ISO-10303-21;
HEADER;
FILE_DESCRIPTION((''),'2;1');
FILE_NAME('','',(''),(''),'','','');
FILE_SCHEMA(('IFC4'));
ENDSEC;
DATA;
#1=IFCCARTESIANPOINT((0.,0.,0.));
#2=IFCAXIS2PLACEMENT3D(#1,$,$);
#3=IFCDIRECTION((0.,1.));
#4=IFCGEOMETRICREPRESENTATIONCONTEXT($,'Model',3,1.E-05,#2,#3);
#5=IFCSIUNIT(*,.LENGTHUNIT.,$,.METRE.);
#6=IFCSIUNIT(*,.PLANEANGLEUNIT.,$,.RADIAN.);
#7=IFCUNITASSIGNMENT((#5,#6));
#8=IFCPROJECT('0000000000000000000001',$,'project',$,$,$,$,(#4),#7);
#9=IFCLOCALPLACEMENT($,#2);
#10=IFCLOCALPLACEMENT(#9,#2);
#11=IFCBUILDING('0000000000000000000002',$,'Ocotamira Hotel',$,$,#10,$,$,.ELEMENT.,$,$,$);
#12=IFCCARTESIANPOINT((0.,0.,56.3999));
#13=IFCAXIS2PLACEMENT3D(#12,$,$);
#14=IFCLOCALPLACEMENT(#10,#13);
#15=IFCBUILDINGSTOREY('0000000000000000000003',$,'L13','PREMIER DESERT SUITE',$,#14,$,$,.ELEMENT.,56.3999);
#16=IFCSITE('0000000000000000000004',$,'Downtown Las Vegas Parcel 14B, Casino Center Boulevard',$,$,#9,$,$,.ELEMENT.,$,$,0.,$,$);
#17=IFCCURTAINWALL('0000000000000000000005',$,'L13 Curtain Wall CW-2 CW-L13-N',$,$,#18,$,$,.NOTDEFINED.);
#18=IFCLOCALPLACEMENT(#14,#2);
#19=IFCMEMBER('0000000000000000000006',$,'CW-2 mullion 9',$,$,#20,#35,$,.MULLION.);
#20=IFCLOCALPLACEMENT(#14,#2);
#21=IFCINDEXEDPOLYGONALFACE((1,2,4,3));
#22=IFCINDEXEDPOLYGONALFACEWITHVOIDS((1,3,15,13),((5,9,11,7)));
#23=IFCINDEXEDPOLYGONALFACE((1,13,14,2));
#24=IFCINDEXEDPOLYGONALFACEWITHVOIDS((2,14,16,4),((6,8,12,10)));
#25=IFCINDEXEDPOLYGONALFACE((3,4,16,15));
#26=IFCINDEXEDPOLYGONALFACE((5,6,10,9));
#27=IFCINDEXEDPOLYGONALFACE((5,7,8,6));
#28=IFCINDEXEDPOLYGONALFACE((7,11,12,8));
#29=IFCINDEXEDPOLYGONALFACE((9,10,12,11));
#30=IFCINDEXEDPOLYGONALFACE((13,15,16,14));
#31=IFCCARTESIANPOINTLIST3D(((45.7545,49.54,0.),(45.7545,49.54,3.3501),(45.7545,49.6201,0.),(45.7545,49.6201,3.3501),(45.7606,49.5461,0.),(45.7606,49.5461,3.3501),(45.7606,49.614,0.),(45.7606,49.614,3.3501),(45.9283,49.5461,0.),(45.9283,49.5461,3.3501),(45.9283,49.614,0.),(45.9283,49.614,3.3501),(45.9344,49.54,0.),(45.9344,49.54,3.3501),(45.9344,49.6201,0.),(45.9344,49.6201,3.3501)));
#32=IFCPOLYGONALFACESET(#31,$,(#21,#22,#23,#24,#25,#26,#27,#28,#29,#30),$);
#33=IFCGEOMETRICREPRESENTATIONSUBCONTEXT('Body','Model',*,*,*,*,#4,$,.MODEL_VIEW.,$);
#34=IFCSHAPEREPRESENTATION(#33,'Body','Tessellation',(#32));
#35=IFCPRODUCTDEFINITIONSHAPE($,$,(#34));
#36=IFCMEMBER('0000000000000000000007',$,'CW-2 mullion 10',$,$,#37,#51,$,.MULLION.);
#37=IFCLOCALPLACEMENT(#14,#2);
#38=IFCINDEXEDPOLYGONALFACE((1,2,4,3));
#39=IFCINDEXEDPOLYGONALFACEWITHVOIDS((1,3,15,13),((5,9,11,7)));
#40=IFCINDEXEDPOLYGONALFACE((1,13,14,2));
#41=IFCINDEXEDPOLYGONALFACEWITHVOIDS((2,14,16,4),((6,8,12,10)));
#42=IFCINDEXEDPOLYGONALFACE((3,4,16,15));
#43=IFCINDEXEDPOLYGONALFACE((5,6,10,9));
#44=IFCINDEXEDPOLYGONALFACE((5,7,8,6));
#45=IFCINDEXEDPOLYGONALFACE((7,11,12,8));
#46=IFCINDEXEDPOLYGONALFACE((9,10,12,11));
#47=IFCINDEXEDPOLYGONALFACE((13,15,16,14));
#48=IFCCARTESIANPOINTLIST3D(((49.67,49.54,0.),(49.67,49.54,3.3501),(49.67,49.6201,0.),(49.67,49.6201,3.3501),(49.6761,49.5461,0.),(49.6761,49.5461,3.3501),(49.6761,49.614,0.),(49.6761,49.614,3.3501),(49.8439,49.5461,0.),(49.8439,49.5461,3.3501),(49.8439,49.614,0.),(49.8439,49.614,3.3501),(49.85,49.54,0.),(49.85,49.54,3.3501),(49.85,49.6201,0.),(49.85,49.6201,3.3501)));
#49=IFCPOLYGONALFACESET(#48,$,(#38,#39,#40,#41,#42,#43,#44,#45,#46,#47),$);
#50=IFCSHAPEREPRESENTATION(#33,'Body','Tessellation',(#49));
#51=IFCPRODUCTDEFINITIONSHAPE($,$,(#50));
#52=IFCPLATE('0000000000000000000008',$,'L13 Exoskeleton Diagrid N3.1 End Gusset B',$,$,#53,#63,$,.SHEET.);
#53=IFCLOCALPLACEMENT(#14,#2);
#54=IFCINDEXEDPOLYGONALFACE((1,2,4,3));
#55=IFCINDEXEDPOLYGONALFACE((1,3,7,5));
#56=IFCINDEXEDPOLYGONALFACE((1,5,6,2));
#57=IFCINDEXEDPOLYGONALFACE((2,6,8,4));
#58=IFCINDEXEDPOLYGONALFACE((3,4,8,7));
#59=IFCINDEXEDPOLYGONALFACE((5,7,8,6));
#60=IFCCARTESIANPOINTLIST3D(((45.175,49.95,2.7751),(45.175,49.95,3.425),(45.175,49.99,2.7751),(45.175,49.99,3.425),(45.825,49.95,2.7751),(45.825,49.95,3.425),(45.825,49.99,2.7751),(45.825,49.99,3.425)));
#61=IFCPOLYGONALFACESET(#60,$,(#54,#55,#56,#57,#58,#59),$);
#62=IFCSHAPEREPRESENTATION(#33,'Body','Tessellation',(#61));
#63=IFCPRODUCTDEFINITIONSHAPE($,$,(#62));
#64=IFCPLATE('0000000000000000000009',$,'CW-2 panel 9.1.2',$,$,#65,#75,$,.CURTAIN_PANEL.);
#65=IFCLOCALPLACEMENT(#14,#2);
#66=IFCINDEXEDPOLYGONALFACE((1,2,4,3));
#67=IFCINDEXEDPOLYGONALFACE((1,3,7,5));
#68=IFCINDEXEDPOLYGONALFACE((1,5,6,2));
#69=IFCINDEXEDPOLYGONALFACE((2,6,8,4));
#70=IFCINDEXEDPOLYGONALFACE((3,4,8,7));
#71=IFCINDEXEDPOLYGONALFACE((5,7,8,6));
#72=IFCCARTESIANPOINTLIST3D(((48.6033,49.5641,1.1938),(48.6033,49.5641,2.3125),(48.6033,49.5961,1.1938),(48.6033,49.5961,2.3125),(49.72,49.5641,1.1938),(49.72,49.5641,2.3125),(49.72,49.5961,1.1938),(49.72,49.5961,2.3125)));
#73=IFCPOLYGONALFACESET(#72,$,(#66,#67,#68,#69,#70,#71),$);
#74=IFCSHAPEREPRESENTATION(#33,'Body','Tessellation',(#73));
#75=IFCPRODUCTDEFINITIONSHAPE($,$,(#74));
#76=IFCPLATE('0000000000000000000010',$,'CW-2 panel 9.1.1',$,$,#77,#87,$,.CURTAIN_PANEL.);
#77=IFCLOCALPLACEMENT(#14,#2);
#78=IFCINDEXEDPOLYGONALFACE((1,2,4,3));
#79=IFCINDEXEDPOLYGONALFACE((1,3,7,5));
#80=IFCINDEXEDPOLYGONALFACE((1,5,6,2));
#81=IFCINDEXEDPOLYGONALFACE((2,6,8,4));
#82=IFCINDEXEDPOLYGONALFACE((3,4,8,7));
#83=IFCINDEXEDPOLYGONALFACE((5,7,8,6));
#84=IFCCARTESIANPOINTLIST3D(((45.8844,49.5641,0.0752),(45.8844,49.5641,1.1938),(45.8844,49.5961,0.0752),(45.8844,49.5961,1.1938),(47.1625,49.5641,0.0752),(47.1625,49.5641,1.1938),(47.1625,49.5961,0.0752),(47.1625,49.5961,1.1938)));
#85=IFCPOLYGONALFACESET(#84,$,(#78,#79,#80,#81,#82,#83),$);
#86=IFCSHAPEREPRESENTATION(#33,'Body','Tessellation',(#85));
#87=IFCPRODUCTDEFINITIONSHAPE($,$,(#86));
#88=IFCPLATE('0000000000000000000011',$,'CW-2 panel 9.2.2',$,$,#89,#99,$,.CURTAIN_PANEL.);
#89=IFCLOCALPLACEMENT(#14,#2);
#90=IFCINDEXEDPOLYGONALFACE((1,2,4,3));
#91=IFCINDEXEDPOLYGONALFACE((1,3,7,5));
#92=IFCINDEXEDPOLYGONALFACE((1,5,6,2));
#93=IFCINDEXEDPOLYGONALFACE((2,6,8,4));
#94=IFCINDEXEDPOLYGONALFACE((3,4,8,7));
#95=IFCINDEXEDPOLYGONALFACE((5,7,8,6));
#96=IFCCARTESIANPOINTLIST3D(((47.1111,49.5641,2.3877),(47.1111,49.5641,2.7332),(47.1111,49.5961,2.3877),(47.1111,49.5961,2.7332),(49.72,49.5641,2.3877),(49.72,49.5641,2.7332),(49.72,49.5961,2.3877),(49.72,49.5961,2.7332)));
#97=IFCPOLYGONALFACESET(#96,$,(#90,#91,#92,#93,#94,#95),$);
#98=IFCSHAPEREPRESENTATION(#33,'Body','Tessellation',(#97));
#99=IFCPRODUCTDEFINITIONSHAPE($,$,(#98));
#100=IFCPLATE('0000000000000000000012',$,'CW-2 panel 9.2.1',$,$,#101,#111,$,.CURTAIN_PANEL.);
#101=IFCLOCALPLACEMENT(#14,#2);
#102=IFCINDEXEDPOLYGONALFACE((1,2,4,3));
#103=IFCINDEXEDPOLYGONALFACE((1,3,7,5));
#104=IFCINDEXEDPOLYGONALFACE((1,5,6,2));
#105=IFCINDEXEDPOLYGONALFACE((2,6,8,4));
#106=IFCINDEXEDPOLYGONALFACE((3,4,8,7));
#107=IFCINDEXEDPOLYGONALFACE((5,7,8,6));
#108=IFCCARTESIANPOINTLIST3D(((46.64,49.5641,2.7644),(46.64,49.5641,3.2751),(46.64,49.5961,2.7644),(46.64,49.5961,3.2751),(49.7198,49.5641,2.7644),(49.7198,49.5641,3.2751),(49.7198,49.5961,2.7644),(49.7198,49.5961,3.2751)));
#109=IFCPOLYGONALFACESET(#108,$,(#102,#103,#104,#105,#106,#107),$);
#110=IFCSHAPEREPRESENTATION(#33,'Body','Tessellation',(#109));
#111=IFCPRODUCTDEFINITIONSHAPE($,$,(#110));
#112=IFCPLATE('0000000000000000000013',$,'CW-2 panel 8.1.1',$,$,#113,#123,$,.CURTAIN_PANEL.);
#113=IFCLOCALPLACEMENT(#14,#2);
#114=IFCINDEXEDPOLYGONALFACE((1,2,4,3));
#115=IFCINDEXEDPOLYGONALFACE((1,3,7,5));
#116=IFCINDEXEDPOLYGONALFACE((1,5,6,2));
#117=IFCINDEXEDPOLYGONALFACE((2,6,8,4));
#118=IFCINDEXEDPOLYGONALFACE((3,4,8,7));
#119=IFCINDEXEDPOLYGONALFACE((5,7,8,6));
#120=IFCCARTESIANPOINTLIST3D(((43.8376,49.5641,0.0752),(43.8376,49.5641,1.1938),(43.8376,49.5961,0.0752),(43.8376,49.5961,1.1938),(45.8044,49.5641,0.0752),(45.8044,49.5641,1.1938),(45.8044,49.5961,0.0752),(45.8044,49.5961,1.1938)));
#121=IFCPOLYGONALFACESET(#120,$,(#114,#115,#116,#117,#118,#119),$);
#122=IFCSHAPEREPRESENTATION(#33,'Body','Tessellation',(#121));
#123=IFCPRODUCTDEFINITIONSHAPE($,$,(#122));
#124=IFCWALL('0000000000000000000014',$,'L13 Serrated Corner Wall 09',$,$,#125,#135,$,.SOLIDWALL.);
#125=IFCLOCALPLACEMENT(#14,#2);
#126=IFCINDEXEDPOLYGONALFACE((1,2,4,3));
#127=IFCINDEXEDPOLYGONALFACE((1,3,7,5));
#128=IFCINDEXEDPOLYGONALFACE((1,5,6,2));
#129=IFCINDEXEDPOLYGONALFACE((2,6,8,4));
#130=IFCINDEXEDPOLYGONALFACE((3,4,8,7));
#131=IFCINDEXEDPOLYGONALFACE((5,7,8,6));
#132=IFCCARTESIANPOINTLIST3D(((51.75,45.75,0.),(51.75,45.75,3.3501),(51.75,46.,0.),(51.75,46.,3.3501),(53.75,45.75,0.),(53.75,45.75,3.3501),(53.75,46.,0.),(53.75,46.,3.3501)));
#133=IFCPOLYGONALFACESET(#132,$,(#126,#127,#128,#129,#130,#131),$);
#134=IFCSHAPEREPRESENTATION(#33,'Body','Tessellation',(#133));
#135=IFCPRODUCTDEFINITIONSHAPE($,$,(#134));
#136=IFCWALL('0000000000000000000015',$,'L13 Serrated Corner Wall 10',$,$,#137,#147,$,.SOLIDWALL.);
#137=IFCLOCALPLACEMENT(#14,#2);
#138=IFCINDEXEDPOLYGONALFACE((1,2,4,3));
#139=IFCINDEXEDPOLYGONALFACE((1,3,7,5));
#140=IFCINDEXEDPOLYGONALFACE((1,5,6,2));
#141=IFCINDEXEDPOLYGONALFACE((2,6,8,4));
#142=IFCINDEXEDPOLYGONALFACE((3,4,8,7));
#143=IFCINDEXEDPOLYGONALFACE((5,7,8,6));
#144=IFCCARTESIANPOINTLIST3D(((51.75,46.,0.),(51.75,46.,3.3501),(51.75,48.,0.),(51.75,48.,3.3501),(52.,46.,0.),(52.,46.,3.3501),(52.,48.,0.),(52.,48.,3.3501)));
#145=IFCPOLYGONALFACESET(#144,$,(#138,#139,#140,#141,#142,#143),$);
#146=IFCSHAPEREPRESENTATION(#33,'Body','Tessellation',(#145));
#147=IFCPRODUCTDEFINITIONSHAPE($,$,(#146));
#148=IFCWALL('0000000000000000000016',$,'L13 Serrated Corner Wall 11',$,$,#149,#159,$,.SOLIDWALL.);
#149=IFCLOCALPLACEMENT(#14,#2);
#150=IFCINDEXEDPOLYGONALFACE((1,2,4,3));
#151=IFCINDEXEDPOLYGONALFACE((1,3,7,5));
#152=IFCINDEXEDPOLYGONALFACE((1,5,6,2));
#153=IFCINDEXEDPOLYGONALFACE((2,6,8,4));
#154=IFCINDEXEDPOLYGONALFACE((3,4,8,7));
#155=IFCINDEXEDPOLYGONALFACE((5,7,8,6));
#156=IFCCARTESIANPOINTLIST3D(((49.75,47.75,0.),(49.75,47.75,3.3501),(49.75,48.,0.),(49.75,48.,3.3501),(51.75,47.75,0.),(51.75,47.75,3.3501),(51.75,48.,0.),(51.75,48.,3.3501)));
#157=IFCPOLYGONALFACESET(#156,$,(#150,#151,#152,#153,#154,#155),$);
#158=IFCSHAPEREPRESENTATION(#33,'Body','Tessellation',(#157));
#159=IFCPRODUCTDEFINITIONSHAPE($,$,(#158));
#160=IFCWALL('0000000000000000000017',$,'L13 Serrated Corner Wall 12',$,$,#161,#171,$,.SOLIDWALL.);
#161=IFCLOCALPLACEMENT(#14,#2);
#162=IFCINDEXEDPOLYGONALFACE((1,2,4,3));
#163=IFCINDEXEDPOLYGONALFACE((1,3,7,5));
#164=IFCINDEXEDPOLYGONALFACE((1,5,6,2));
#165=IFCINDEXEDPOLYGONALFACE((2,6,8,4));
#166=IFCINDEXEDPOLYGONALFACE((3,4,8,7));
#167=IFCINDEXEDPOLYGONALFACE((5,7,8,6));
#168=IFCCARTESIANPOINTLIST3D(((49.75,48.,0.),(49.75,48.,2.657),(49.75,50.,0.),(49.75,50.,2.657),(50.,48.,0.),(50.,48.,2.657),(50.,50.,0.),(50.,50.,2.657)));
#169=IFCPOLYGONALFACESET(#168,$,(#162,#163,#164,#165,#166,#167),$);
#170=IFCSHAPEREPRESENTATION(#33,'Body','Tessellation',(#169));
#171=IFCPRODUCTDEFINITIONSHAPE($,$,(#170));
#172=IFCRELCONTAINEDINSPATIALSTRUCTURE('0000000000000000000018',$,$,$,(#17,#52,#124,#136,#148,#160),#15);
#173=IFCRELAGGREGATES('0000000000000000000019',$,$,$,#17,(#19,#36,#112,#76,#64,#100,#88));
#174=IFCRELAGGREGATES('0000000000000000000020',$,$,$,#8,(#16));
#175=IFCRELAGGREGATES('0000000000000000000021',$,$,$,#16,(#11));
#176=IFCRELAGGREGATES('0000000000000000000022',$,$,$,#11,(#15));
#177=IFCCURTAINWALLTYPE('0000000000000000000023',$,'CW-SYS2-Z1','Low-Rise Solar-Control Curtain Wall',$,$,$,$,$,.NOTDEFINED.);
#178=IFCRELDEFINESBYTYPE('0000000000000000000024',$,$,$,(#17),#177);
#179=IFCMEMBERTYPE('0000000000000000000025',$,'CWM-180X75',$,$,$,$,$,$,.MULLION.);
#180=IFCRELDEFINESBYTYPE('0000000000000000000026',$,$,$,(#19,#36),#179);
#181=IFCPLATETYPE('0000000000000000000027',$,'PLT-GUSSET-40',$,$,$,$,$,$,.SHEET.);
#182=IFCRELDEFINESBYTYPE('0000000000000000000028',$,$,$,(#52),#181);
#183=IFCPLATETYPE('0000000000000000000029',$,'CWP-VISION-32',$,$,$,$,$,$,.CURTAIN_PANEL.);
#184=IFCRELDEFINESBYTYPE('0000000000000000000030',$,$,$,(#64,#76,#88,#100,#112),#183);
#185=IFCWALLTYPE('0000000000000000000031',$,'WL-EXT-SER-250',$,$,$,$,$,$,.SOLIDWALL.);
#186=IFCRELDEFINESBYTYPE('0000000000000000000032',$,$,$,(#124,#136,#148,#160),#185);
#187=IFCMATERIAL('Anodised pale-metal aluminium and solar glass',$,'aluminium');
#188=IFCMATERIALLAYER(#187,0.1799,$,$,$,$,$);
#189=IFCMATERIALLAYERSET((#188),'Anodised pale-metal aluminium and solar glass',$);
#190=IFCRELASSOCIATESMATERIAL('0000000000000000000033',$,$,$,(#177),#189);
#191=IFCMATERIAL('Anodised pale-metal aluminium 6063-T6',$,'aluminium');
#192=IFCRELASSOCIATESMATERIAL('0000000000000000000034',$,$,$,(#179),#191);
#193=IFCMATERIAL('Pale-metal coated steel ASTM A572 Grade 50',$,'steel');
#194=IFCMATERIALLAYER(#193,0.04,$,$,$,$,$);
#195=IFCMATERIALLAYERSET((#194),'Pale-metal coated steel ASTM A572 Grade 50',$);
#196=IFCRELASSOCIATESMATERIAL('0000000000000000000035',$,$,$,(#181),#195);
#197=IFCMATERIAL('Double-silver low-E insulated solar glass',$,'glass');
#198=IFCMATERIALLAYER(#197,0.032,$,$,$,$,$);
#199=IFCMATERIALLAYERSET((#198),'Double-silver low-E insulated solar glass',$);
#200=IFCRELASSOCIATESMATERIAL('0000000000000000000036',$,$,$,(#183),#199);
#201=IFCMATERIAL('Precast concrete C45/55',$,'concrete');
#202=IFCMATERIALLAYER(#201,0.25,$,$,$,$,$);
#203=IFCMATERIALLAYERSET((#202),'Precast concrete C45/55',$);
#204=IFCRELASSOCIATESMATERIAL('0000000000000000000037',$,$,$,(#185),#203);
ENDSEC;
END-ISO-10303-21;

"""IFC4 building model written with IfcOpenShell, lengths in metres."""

from ifc_helpers import new_model, si_unit, direction, frame, frame_2d, origin, origin_2d, place, context, subcontext, project, spatial, rectangle, hollow_rectangle, extrude, source, transform, mapped, material, layer, layer_set, material_profile, profile_set, type_object, element, aggregate, save


model = new_model("IFC4")

# Units and contexts
model_context = context("Model", 3, precision=1e-05, world=origin(), true_north=direction((0.0, 1.0)))
body_context = subcontext(model_context, "Body", "Model", "MODEL_VIEW")
ifc_project = project(units=[si_unit("LENGTHUNIT", "METRE"), si_unit("PLANEANGLEUNIT", "RADIAN")], contexts=[model_context])

# Site, building, storey
site_placement = place(None, origin())
site = spatial("IfcSite", under=ifc_project, at=site_placement, Name="Downtown Las Vegas Parcel 14B, Casino Center Boulevard", CompositionType="ELEMENT", RefElevation=0.0)
building_placement = place(site_placement, origin())
building = spatial("IfcBuilding", under=site, at=building_placement, Name="Ocotamira Hotel", CompositionType="ELEMENT")
storey_placement = place(building_placement, frame((0.0, 0.0, 56.3999)))
storey = spatial("IfcBuildingStorey", under=building, at=storey_placement, Name="L13", Description="PREMIER DESERT SUITE", CompositionType="ELEMENT", Elevation=56.3999)

# Curtain wall, members
ifc_material_1 = material(Name="Anodised pale-metal aluminium and solar glass", Category="aluminium")
ifc_layer_1 = layer(ifc_material_1, 0.1799)
ifc_layer_set_1 = layer_set([ifc_layer_1], Name="Anodised pale-metal aluminium and solar glass")
curtain_wall_type = type_object("IfcCurtainWallType", Name="CW-SYS2-Z1", Description="Low-Rise Solar-Control Curtain Wall", PredefinedType="NOTDEFINED", material=ifc_layer_set_1)
curtain_wall_placement = place(storey_placement, origin())
curtain_wall = element("IfcCurtainWall", 1, at=curtain_wall_placement, inside=storey, type_object=curtain_wall_type, Name="L13 Curtain Wall CW-2 CW-L13-N", PredefinedType="NOTDEFINED")
ifc_material_2 = material(Name="Anodised pale-metal aluminium 6063-T6", Category="aluminium")
ifc_material_profile_1 = material_profile(ifc_material_2, hollow_rectangle(XDim=0.0801, YDim=0.1799, WallThickness=0.0061, at=origin_2d()), Name="HSS180X80X6")
ifc_profile_set_1 = profile_set([ifc_material_profile_1], Name="Anodised pale-metal aluminium 6063-T6")
member_type_1 = type_object("IfcMemberType", Name="CWM-180X75", PredefinedType="MULLION", material=ifc_profile_set_1)
shared_shape_1 = source(origin(), body_context, "Body", "SweptSolid", [
    extrude(hollow_rectangle(XDim=0.0801, YDim=0.1799, WallThickness=0.0061, at=origin_2d()), origin(), (0.0, 0.0, 1.0), 3.3501),
])
member_1_placement = place(storey_placement, frame((45.8445, 49.5801, 0.0), z_axis=(0.0, 0.0, 1.0), x_axis=(0.0, 1.0, 0.0)))
member_1 = element("IfcMember", 2, at=member_1_placement, type_object=member_type_1, Name="CW-2 mullion 9", PredefinedType="MULLION", context=body_context, shape_type="MappedRepresentation", body=[
    mapped(shared_shape_1, transform((0.0, 0.0, 0.0), scale=1.0)),
])
member_2_placement = place(storey_placement, frame((49.76, 49.5801, 0.0), z_axis=(0.0, 0.0, 1.0), x_axis=(0.0, 1.0, 0.0)))
member_2 = element("IfcMember", 3, at=member_2_placement, type_object=member_type_1, Name="CW-2 mullion 10", PredefinedType="MULLION", context=body_context, shape_type="MappedRepresentation", body=[
    mapped(shared_shape_1, transform((0.0, 0.0, 0.0), scale=1.0)),
])

# Plates
ifc_material_3 = material(Name="Pale-metal coated steel ASTM A572 Grade 50", Category="steel")
ifc_layer_2 = layer(ifc_material_3, 0.04)
ifc_layer_set_2 = layer_set([ifc_layer_2], Name="Pale-metal coated steel ASTM A572 Grade 50")
plate_type_1 = type_object("IfcPlateType", Name="PLT-GUSSET-40", PredefinedType="SHEET", material=ifc_layer_set_2)
shared_shape_2 = source(origin(), body_context, "Body", "SweptSolid", [
    extrude(rectangle(XDim=0.6499, YDim=0.04, at=origin_2d()), origin(), (0.0, 0.0, 1.0), 0.6499),
])
plate_1_placement = place(storey_placement, frame((45.5, 49.97, 2.7751), z_axis=(0.0, 0.0, 1.0), x_axis=(1.0, 0.0, 0.0)))
element("IfcPlate", 4, at=plate_1_placement, inside=storey, type_object=plate_type_1, Name="L13 Exoskeleton Diagrid N3.1 End Gusset B", PredefinedType="SHEET", context=body_context, shape_type="MappedRepresentation", body=[
    mapped(shared_shape_2, transform((0.0, 0.0, 0.0), scale=1.0)),
])
ifc_material_4 = material(Name="Double-silver low-E insulated solar glass", Category="glass")
ifc_layer_3 = layer(ifc_material_4, 0.032)
ifc_layer_set_3 = layer_set([ifc_layer_3], Name="Double-silver low-E insulated solar glass")
plate_type_2 = type_object("IfcPlateType", Name="CWP-VISION-32", PredefinedType="CURTAIN_PANEL", material=ifc_layer_set_3)
shared_shape_3 = source(origin(), body_context, "Body", "SweptSolid", [
    extrude(rectangle(XDim=1.1167, YDim=0.032, at=origin_2d()), origin(), (0.0, 0.0, 1.0), 1.1187),
])
plate_2_placement = place(storey_placement, frame((49.1616, 49.5801, 1.1938), z_axis=(0.0, 0.0, 1.0), x_axis=(1.0, 0.0, 0.0)))
plate_2 = element("IfcPlate", 5, at=plate_2_placement, type_object=plate_type_2, Name="CW-2 panel 9.1.2", PredefinedType="CURTAIN_PANEL", context=body_context, shape_type="MappedRepresentation", body=[
    mapped(shared_shape_3, transform((0.0, 0.0, 0.0), scale=1.0)),
])
shared_shape_4 = source(origin(), body_context, "Body", "SweptSolid", [
    extrude(rectangle(XDim=1.2781, YDim=0.032, at=origin_2d()), origin(), (0.0, 0.0, 1.0), 1.1187),
])
plate_3_placement = place(storey_placement, frame((46.5234, 49.5801, 0.0752), z_axis=(0.0, 0.0, 1.0), x_axis=(1.0, 0.0, 0.0)))
plate_3 = element("IfcPlate", 6, at=plate_3_placement, type_object=plate_type_2, Name="CW-2 panel 9.1.1", PredefinedType="CURTAIN_PANEL", context=body_context, shape_type="MappedRepresentation", body=[
    mapped(shared_shape_4, transform((0.0, 0.0, 0.0), scale=1.0)),
])
shared_shape_5 = source(origin(), body_context, "Body", "SweptSolid", [
    extrude(rectangle(XDim=2.6089, YDim=0.032, at=origin_2d()), origin(), (0.0, 0.0, 1.0), 0.3455),
])
plate_4_placement = place(storey_placement, frame((48.4155, 49.5801, 2.3877), z_axis=(0.0, 0.0, 1.0), x_axis=(1.0, 0.0, 0.0)))
plate_4 = element("IfcPlate", 7, at=plate_4_placement, type_object=plate_type_2, Name="CW-2 panel 9.2.2", PredefinedType="CURTAIN_PANEL", context=body_context, shape_type="MappedRepresentation", body=[
    mapped(shared_shape_5, transform((0.0, 0.0, 0.0), scale=1.0)),
])
shared_shape_6 = source(origin(), body_context, "Body", "SweptSolid", [
    extrude(rectangle(XDim=3.0798, YDim=0.032, at=origin_2d()), origin(), (0.0, 0.0, 1.0), 0.5107),
])
plate_5_placement = place(storey_placement, frame((48.1799, 49.5801, 2.7644), z_axis=(0.0, 0.0, 1.0), x_axis=(1.0, 0.0, 0.0)))
plate_5 = element("IfcPlate", 8, at=plate_5_placement, type_object=plate_type_2, Name="CW-2 panel 9.2.1", PredefinedType="CURTAIN_PANEL", context=body_context, shape_type="MappedRepresentation", body=[
    mapped(shared_shape_6, transform((0.0, 0.0, 0.0), scale=1.0)),
])
shared_shape_7 = source(origin(), body_context, "Body", "SweptSolid", [
    extrude(rectangle(XDim=1.9668, YDim=0.032, at=origin_2d()), origin(), (0.0, 0.0, 1.0), 1.1187),
])
plate_6_placement = place(storey_placement, frame((44.821, 49.5801, 0.0752), z_axis=(0.0, 0.0, 1.0), x_axis=(1.0, 0.0, 0.0)))
plate_6 = element("IfcPlate", 9, at=plate_6_placement, type_object=plate_type_2, Name="CW-2 panel 8.1.1", PredefinedType="CURTAIN_PANEL", context=body_context, shape_type="MappedRepresentation", body=[
    mapped(shared_shape_7, transform((0.0, 0.0, 0.0), scale=1.0)),
])
aggregate(curtain_wall, [member_1, member_2, plate_6, plate_3, plate_2, plate_5, plate_4])

# Walls
ifc_material_5 = material(Name="Precast concrete C45/55", Category="concrete")
ifc_layer_4 = layer(ifc_material_5, 0.25)
ifc_layer_set_4 = layer_set([ifc_layer_4], Name="Precast concrete C45/55")
wall_type = type_object("IfcWallType", Name="WL-EXT-SER-250", PredefinedType="SOLIDWALL", material=ifc_layer_set_4)
for number, where, z_axis, x_axis, name in (
    (10, (53.75, 45.875, 0.0), (0.0, 0.0, 1.0), (-1.0, 0.0, 0.0), "L13 Serrated Corner Wall 09"),
    (11, (51.875, 46.0, 0.0), (0.0, 0.0, 1.0), (0.0, 1.0, 0.0), "L13 Serrated Corner Wall 10"),
    (12, (51.75, 47.875, 0.0), (0.0, 0.0, 1.0), (-1.0, 0.0, 0.0), "L13 Serrated Corner Wall 11"),
):
    element("IfcWall", number, at=place(storey_placement, frame(where, z_axis=z_axis, x_axis=x_axis)), inside=storey, type_object=wall_type, Name=name, PredefinedType="SOLIDWALL", context=body_context, shape_type="SweptSolid", body=[
        extrude(rectangle(XDim=2.0, YDim=0.25, at=frame_2d((1.0, 0.0))), origin(), (0.0, 0.0, 1.0), 3.3501),
    ])
wall_placement = place(storey_placement, frame((49.875, 48.0, 0.0), z_axis=(0.0, 0.0, 1.0), x_axis=(0.0, 1.0, 0.0)))
element("IfcWall", 13, at=wall_placement, inside=storey, type_object=wall_type, Name="L13 Serrated Corner Wall 12", PredefinedType="SOLIDWALL", context=body_context, shape_type="SweptSolid", body=[
    extrude(rectangle(XDim=2.0, YDim=0.25, at=frame_2d((1.0, 0.0))), origin(), (0.0, 0.0, 1.0), 2.657),
])

save(model, "model.ifc")
